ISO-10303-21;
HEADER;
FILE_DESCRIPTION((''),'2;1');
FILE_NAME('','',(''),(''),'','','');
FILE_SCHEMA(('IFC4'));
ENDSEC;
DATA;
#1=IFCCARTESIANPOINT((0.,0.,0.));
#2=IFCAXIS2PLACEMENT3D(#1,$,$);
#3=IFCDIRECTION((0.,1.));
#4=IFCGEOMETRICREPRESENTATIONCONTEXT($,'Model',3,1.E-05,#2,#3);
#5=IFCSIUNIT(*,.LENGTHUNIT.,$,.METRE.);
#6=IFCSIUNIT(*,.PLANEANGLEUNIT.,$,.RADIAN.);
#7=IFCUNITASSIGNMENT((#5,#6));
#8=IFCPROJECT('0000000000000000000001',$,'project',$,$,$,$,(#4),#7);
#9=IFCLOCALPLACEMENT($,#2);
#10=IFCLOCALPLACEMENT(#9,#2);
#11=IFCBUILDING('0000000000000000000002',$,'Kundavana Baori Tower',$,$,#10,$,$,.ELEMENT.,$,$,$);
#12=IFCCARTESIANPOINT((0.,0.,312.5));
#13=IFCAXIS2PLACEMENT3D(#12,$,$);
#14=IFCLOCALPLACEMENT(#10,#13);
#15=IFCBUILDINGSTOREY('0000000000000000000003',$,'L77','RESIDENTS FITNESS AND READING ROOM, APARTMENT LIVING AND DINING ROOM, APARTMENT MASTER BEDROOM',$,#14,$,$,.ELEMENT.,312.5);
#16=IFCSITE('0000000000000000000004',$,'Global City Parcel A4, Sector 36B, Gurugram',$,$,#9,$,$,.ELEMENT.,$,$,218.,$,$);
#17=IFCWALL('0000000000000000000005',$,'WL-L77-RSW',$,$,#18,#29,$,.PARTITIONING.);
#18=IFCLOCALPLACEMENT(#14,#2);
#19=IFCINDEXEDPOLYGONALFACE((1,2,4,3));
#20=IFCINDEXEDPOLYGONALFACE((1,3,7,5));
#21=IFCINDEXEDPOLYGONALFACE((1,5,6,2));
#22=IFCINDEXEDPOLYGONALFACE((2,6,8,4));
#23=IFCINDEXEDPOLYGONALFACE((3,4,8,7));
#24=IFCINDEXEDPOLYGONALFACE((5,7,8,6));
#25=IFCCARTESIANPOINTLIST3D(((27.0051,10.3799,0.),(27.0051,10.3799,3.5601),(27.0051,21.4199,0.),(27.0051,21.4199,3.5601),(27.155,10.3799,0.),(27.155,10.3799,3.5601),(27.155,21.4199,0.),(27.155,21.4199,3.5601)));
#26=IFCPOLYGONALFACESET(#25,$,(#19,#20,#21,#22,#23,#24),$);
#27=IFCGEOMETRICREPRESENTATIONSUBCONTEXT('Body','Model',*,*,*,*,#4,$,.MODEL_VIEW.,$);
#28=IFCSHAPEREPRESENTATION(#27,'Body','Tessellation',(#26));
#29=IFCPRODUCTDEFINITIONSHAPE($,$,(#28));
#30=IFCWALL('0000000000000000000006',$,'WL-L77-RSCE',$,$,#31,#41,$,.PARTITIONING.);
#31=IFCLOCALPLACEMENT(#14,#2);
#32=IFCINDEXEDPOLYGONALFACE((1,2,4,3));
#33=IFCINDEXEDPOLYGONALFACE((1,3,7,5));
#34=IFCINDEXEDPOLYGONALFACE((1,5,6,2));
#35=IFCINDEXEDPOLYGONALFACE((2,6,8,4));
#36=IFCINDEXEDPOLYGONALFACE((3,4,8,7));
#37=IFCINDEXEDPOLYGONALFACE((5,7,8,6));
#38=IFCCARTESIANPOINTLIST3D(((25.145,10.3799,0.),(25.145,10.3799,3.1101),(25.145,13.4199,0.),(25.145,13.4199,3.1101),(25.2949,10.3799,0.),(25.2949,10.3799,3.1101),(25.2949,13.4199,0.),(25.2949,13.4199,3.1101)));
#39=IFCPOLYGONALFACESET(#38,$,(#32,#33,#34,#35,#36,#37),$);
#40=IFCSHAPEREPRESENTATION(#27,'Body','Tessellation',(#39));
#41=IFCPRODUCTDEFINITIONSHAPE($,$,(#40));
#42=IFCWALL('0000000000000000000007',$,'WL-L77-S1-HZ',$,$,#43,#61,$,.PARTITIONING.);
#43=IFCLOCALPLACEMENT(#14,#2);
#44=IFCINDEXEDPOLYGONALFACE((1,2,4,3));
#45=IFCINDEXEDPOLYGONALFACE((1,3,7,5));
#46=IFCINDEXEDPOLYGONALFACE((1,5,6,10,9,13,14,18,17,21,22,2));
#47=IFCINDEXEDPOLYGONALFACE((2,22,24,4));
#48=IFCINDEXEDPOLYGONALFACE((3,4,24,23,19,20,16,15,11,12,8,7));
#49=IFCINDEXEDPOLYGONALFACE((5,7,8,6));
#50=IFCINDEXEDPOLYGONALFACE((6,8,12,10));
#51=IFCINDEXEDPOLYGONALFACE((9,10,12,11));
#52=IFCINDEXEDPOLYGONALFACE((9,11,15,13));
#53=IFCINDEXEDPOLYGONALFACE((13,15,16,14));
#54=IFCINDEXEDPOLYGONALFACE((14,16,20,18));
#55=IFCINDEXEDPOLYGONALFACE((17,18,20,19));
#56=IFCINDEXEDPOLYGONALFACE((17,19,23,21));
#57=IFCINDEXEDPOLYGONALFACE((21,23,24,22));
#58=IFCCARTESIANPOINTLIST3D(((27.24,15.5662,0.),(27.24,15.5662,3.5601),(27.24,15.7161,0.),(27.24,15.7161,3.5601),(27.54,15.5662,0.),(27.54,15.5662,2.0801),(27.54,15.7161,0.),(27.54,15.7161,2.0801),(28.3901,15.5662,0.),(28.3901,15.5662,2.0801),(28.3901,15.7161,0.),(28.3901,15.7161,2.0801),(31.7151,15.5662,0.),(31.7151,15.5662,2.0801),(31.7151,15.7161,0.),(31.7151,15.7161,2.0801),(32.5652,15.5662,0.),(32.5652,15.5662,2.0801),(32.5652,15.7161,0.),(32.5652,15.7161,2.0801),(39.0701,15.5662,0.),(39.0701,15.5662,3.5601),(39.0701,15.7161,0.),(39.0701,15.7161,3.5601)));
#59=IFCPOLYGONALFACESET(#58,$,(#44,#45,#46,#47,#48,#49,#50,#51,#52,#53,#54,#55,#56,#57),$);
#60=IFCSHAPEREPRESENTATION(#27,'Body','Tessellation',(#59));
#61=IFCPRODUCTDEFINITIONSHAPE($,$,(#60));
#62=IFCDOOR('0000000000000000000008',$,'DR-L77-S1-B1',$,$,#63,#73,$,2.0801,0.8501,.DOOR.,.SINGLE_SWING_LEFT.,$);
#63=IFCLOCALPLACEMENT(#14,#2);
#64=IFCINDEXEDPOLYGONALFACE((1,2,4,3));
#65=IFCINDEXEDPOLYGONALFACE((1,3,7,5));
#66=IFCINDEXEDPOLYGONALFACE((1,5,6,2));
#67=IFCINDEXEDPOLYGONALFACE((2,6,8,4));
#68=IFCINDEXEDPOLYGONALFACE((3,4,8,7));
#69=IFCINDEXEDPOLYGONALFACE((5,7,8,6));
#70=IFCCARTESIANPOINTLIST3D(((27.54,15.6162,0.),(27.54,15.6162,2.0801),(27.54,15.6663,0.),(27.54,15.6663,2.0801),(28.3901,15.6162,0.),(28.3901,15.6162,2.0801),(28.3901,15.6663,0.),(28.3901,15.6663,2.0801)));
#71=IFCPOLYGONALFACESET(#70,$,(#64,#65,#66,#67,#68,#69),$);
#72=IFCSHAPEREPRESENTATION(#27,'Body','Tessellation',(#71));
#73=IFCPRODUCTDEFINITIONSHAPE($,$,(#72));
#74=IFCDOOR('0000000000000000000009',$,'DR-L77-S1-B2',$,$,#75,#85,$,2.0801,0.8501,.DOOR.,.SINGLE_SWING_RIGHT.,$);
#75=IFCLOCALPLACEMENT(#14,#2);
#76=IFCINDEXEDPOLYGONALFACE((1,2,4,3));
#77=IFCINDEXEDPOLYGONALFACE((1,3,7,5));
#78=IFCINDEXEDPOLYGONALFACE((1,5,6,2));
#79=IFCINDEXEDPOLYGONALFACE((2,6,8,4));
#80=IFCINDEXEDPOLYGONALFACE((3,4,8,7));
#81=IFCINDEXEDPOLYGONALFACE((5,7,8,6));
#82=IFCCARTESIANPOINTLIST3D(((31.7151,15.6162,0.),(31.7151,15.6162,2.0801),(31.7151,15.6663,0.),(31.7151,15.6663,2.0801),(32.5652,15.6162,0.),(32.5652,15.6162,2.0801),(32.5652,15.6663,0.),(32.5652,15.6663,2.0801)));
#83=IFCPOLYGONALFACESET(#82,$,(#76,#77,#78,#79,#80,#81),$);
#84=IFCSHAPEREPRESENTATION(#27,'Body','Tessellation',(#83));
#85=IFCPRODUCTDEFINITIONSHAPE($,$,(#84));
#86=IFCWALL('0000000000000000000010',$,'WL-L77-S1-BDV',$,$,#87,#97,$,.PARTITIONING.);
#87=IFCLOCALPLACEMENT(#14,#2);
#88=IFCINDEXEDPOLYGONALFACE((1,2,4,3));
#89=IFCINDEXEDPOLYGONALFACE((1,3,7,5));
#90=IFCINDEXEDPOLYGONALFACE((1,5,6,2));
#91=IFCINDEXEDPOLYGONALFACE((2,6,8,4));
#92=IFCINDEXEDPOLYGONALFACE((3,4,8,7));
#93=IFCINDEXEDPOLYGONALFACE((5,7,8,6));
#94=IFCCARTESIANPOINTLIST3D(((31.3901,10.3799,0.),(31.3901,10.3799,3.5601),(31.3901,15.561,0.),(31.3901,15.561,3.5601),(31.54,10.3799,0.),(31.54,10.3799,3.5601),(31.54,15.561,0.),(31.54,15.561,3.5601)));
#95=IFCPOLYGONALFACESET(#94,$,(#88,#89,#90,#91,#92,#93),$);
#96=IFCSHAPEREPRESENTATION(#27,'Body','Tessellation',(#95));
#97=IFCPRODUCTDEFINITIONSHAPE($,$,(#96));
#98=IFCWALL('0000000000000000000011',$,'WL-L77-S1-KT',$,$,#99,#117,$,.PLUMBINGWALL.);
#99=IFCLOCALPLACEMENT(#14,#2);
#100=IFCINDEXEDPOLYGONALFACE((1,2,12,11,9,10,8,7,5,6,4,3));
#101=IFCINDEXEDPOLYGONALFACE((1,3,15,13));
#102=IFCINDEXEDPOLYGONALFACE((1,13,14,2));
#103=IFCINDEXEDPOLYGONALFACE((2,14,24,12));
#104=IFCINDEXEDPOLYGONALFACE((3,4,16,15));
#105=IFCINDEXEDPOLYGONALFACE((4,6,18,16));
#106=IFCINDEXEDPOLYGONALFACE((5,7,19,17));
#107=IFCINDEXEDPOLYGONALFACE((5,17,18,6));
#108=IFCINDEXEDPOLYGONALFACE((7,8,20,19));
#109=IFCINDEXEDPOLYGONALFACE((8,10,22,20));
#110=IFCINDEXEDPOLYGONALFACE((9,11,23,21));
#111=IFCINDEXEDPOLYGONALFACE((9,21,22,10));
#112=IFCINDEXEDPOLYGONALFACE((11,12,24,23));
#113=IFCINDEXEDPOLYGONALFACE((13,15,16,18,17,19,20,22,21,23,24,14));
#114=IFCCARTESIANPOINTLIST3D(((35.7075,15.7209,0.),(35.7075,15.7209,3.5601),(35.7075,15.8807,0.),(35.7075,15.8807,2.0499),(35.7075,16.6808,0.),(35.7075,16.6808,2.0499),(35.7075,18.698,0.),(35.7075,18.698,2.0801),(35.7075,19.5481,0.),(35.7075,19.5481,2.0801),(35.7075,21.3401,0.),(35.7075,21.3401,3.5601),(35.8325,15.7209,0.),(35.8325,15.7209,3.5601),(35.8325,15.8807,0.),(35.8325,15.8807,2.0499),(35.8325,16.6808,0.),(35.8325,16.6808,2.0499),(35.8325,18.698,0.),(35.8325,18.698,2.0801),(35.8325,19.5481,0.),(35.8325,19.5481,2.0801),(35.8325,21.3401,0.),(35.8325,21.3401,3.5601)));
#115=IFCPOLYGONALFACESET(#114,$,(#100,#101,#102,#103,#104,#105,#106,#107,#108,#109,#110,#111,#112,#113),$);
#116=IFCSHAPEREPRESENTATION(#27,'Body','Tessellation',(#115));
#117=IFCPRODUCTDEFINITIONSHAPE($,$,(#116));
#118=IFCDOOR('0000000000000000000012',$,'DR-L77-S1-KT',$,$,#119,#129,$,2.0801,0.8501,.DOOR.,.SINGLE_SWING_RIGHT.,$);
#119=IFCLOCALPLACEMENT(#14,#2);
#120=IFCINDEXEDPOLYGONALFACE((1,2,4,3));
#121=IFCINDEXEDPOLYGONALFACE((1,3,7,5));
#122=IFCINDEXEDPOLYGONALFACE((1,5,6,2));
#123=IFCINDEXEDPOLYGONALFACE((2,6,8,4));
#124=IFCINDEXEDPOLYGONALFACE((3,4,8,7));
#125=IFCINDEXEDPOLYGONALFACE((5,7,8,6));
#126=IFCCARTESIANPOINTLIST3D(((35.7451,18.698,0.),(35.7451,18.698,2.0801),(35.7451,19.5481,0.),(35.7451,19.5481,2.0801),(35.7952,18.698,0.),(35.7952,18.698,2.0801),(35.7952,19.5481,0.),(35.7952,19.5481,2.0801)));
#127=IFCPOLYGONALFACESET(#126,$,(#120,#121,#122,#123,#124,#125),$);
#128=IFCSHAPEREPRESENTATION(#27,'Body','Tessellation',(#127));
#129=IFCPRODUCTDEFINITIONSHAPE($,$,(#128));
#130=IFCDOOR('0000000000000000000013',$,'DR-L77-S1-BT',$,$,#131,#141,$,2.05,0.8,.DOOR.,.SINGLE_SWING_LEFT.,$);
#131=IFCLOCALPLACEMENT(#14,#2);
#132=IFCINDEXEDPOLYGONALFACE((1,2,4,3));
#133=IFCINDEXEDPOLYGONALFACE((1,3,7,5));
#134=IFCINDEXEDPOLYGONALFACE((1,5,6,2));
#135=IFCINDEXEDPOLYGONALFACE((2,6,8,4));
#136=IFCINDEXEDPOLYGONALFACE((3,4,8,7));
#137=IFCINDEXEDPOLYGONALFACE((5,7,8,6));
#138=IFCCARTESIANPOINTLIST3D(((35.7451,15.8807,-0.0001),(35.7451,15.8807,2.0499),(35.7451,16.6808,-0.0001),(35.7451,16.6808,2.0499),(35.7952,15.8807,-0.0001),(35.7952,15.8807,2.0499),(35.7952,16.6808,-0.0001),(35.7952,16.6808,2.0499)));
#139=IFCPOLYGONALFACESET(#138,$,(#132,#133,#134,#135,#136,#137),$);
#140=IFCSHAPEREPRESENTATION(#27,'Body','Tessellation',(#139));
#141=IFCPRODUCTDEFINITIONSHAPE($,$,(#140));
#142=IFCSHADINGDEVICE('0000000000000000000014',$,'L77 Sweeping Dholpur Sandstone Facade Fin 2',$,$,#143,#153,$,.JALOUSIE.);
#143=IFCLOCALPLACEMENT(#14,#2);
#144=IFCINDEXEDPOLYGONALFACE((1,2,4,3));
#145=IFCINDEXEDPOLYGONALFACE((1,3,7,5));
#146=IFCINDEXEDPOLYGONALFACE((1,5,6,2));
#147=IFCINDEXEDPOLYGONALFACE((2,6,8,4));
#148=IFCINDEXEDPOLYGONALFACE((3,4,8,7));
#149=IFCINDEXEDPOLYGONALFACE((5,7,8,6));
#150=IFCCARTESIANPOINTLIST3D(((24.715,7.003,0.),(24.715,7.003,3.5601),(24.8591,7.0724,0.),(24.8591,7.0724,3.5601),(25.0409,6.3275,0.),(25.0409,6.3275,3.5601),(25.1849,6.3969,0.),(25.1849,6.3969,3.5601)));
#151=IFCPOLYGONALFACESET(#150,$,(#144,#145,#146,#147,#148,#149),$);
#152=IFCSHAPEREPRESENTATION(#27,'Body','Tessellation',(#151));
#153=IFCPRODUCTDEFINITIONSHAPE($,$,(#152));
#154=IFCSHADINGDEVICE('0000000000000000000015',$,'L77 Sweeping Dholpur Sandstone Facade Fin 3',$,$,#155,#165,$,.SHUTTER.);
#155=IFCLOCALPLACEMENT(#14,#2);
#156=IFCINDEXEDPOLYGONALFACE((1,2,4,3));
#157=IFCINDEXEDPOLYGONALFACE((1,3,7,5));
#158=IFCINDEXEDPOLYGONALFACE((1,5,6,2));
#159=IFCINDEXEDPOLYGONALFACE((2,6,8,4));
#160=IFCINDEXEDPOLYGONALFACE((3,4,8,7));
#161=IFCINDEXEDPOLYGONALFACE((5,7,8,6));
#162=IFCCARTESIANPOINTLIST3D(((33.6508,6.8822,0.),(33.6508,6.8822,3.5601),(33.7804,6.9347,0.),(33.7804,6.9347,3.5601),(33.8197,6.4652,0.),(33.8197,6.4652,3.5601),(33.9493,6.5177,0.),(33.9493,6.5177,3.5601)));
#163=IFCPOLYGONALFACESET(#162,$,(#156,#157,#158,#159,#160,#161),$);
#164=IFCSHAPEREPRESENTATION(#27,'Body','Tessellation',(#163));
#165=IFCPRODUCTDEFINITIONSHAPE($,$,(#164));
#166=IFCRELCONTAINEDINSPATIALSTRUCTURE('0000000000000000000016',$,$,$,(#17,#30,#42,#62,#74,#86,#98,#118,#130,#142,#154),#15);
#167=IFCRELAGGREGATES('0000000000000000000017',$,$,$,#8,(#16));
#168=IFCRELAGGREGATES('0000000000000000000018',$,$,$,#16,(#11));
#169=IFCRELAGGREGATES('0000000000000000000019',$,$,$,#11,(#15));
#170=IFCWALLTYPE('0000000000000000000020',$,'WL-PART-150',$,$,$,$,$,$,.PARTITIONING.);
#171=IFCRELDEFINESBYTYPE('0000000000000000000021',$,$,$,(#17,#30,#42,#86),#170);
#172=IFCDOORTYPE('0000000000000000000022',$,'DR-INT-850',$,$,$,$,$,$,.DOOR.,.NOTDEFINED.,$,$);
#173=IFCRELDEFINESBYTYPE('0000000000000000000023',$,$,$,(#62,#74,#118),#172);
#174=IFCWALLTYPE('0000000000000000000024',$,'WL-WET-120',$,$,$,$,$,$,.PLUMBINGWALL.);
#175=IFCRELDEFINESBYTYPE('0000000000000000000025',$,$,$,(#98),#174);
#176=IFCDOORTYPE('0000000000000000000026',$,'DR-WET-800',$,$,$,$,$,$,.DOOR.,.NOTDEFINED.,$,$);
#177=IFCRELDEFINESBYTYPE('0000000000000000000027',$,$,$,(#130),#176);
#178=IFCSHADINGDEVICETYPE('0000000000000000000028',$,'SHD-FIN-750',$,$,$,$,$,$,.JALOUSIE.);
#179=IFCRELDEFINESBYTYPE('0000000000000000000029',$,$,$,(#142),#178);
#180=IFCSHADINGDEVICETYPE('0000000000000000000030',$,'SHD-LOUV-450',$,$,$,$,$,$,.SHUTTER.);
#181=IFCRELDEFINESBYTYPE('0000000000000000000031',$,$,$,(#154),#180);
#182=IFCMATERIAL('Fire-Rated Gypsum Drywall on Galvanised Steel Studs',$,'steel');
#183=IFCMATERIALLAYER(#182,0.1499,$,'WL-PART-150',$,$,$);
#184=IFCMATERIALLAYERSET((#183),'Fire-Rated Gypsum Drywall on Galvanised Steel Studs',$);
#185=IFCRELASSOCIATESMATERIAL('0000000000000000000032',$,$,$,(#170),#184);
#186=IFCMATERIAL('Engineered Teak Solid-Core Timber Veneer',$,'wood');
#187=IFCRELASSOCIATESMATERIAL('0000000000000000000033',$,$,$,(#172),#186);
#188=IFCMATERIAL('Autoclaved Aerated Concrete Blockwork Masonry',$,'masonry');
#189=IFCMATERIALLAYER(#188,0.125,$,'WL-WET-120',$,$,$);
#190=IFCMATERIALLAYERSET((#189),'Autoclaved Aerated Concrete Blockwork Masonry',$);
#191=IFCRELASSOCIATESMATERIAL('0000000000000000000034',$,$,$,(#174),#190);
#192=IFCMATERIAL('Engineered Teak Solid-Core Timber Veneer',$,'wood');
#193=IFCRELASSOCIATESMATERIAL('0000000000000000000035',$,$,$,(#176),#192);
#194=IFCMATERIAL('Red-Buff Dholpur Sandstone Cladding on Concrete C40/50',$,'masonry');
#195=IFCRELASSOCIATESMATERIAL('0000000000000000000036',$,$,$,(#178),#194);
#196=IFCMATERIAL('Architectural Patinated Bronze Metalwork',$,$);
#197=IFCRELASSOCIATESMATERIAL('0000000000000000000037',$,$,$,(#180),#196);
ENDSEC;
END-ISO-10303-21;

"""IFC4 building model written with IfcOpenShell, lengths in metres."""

from ifc_helpers import new_model, si_unit, direction, frame, frame_2d, origin, origin_2d, place, context, subcontext, project, spatial, rectangle, extrude, material, layer, layer_set, type_object, element, fill, save


model = new_model("IFC4")

# Units and contexts
model_context = context("Model", 3, precision=1e-05, world=origin(), true_north=direction((0.0, 1.0)))
body_context = subcontext(model_context, "Body", "Model", "MODEL_VIEW")
ifc_project = project(units=[si_unit("LENGTHUNIT", "METRE"), si_unit("PLANEANGLEUNIT", "RADIAN")], contexts=[model_context])

# Site, building, storey
site_placement = place(None, origin())
site = spatial("IfcSite", under=ifc_project, at=site_placement, Name="Global City Parcel A4, Sector 36B, Gurugram", CompositionType="ELEMENT", RefElevation=218.0)
building_placement = place(site_placement, origin())
building = spatial("IfcBuilding", under=site, at=building_placement, Name="Kundavana Baori Tower", CompositionType="ELEMENT")
storey_placement = place(building_placement, frame((0.0, 0.0, 312.5)))
storey = spatial("IfcBuildingStorey", under=building, at=storey_placement, Name="L77", Description="RESIDENTS FITNESS AND READING ROOM, APARTMENT LIVING AND DINING ROOM, APARTMENT MASTER BEDROOM", CompositionType="ELEMENT", Elevation=312.5)

# Walls
ifc_material_1 = material(Name="Fire-Rated Gypsum Drywall on Galvanised Steel Studs", Category="steel")
ifc_layer_1 = layer(ifc_material_1, 0.1499, Name="WL-PART-150")
ifc_layer_set_1 = layer_set([ifc_layer_1], Name="Fire-Rated Gypsum Drywall on Galvanised Steel Studs")
wall_type_1 = type_object("IfcWallType", Name="WL-PART-150", PredefinedType="PARTITIONING", material=ifc_layer_set_1)
wall_1_placement = place(storey_placement, frame((27.0801, 10.3799, 0.0), z_axis=(0.0, 0.0, 1.0), x_axis=(0.0, 1.0, 0.0)))
element("IfcWall", 1, at=wall_1_placement, inside=storey, type_object=wall_type_1, Name="WL-L77-RSW", PredefinedType="PARTITIONING", context=body_context, shape_type="SweptSolid", body=[
    extrude(rectangle(XDim=11.04, YDim=0.1499, at=frame_2d((5.52, 0.0))), origin(), (0.0, 0.0, 1.0), 3.5601),
])
wall_2_placement = place(storey_placement, frame((25.22, 10.3799, 0.0), z_axis=(0.0, 0.0, 1.0), x_axis=(0.0, 1.0, 0.0)))
element("IfcWall", 2, at=wall_2_placement, inside=storey, type_object=wall_type_1, Name="WL-L77-RSCE", PredefinedType="PARTITIONING", context=body_context, shape_type="SweptSolid", body=[
    extrude(rectangle(XDim=3.04, YDim=0.1499, at=frame_2d((1.52, 0.0))), origin(), (0.0, 0.0, 1.0), 3.1101),
])

# Wall, openings, doors
wall_3_placement = place(storey_placement, frame((27.24, 15.6411, 0.0), z_axis=(0.0, 0.0, 1.0), x_axis=(1.0, 0.0, 0.0)))
wall_3 = element("IfcWall", 3, at=wall_3_placement, inside=storey, type_object=wall_type_1, Name="WL-L77-S1-HZ", PredefinedType="PARTITIONING", context=body_context, shape_type="SweptSolid", body=[
    extrude(rectangle(XDim=11.8301, YDim=0.1499, at=frame_2d((5.915, 0.0))), origin(), (0.0, 0.0, 1.0), 3.5601),
])
opening_1_placement = place(wall_3_placement, frame((0.3, 0.0, 0.0)))
opening_1 = element("IfcOpeningElement", 4, at=opening_1_placement, cuts=wall_3, PredefinedType="OPENING", context=body_context, shape_type="SweptSolid", body=[
    extrude(rectangle(XDim=0.8501, YDim=2.0801, at=frame_2d((0.425, 1.04))), frame((0.0, 0.085, 0.0), z_axis=(0.0, -1.0, 0.0), x_axis=(1.0, 0.0, 0.0)), (0.0, 0.0, 1.0), 0.1699),
])
opening_2_placement = place(wall_3_placement, frame((4.4751, 0.0, 0.0)))
opening_2 = element("IfcOpeningElement", 5, at=opening_2_placement, cuts=wall_3, PredefinedType="OPENING", context=body_context, shape_type="SweptSolid", body=[
    extrude(rectangle(XDim=0.8501, YDim=2.0801, at=frame_2d((0.425, 1.04))), frame((0.0, 0.085, 0.0), z_axis=(0.0, -1.0, 0.0), x_axis=(1.0, 0.0, 0.0)), (0.0, 0.0, 1.0), 0.1699),
])
ifc_material_2 = material(Name="Engineered Teak Solid-Core Timber Veneer", Category="wood")
door_type_1 = type_object("IfcDoorType", Name="DR-INT-850", OperationType="NOTDEFINED", PredefinedType="DOOR", material=ifc_material_2)
door_1_placement = place(opening_1_placement, frame((0.8501, 0.0, 0.0), z_axis=(0.0, 0.0, 1.0), x_axis=(-1.0, 0.0, 0.0)))
door_1 = element("IfcDoor", 6, at=door_1_placement, inside=storey, type_object=door_type_1, Name="DR-L77-S1-B1", OperationType="SINGLE_SWING_LEFT", OverallHeight=2.0801, OverallWidth=0.8501, PredefinedType="DOOR", context=body_context, shape_type="SweptSolid", body=[
    extrude(rectangle(XDim=0.8501, YDim=2.0801, at=frame_2d((0.425, 1.04))), frame((0.0, 0.0249, 0.0), z_axis=(0.0, -1.0, 0.0), x_axis=(1.0, 0.0, 0.0)), (0.0, 0.0, 1.0), 0.05),
])
fill(opening_1, door_1)
door_2_placement = place(opening_2_placement, frame((0.8501, 0.0, 0.0), z_axis=(0.0, 0.0, 1.0), x_axis=(-1.0, 0.0, 0.0)))
door_2 = element("IfcDoor", 7, at=door_2_placement, inside=storey, type_object=door_type_1, Name="DR-L77-S1-B2", OperationType="SINGLE_SWING_RIGHT", OverallHeight=2.0801, OverallWidth=0.8501, PredefinedType="DOOR", context=body_context, shape_type="SweptSolid", body=[
    extrude(rectangle(XDim=0.8501, YDim=2.0801, at=frame_2d((0.425, 1.04))), frame((0.0, 0.0249, 0.0), z_axis=(0.0, -1.0, 0.0), x_axis=(1.0, 0.0, 0.0)), (0.0, 0.0, 1.0), 0.05),
])
fill(opening_2, door_2)

# Wall
wall_4_placement = place(storey_placement, frame((31.4651, 10.3799, 0.0), z_axis=(0.0, 0.0, 1.0), x_axis=(0.0, 1.0, 0.0)))
element("IfcWall", 8, at=wall_4_placement, inside=storey, type_object=wall_type_1, Name="WL-L77-S1-BDV", PredefinedType="PARTITIONING", context=body_context, shape_type="SweptSolid", body=[
    extrude(rectangle(XDim=5.1812, YDim=0.1499, at=frame_2d((2.5906, 0.0))), origin(), (0.0, 0.0, 1.0), 3.5601),
])

# Wall, openings, doors
ifc_material_3 = material(Name="Autoclaved Aerated Concrete Blockwork Masonry", Category="masonry")
ifc_layer_2 = layer(ifc_material_3, 0.125, Name="WL-WET-120")
ifc_layer_set_2 = layer_set([ifc_layer_2], Name="Autoclaved Aerated Concrete Blockwork Masonry")
wall_type_2 = type_object("IfcWallType", Name="WL-WET-120", PredefinedType="PLUMBINGWALL", material=ifc_layer_set_2)
wall_5_placement = place(storey_placement, frame((35.77, 15.7209, 0.0), z_axis=(0.0, 0.0, 1.0), x_axis=(0.0, 1.0, 0.0)))
wall_5 = element("IfcWall", 9, at=wall_5_placement, inside=storey, type_object=wall_type_2, Name="WL-L77-S1-KT", PredefinedType="PLUMBINGWALL", context=body_context, shape_type="SweptSolid", body=[
    extrude(rectangle(XDim=5.6191, YDim=0.125, at=frame_2d((2.8096, 0.0))), origin(), (0.0, 0.0, 1.0), 3.5601),
])
opening_3_placement = place(wall_5_placement, frame((0.1599, 0.0, 0.0)))
opening_3 = element("IfcOpeningElement", 10, at=opening_3_placement, cuts=wall_5, PredefinedType="OPENING", context=body_context, shape_type="SweptSolid", body=[
    extrude(rectangle(XDim=0.8, YDim=2.05, at=frame_2d((0.3999, 1.0249))), frame((0.0, 0.0725, 0.0), z_axis=(0.0, -1.0, 0.0), x_axis=(1.0, 0.0, 0.0)), (0.0, 0.0, 1.0), 0.145),
])
opening_4_placement = place(wall_5_placement, frame((2.9771, 0.0, 0.0)))
opening_4 = element("IfcOpeningElement", 11, at=opening_4_placement, cuts=wall_5, PredefinedType="OPENING", context=body_context, shape_type="SweptSolid", body=[
    extrude(rectangle(XDim=0.8501, YDim=2.0801, at=frame_2d((0.425, 1.04))), frame((0.0, 0.0725, 0.0), z_axis=(0.0, -1.0, 0.0), x_axis=(1.0, 0.0, 0.0)), (0.0, 0.0, 1.0), 0.145),
])
door_3_placement = place(opening_4_placement, origin())
door_3 = element("IfcDoor", 12, at=door_3_placement, inside=storey, type_object=door_type_1, Name="DR-L77-S1-KT", OperationType="SINGLE_SWING_RIGHT", OverallHeight=2.0801, OverallWidth=0.8501, PredefinedType="DOOR", context=body_context, shape_type="SweptSolid", body=[
    extrude(rectangle(XDim=0.8501, YDim=2.0801, at=frame_2d((0.425, 1.04))), frame((0.0, 0.0249, 0.0), z_axis=(0.0, -1.0, 0.0), x_axis=(1.0, 0.0, 0.0)), (0.0, 0.0, 1.0), 0.05),
])
fill(opening_4, door_3)
ifc_material_4 = material(Name="Engineered Teak Solid-Core Timber Veneer", Category="wood")
door_type_2 = type_object("IfcDoorType", Name="DR-WET-800", OperationType="NOTDEFINED", PredefinedType="DOOR", material=ifc_material_4)
door_4_placement = place(opening_3_placement, origin())
door_4 = element("IfcDoor", 13, at=door_4_placement, inside=storey, type_object=door_type_2, Name="DR-L77-S1-BT", OperationType="SINGLE_SWING_LEFT", OverallHeight=2.05, OverallWidth=0.8, PredefinedType="DOOR", context=body_context, shape_type="SweptSolid", body=[
    extrude(rectangle(XDim=0.8, YDim=2.05, at=frame_2d((0.3999, 1.0249))), frame((0.0, 0.0249, 0.0), z_axis=(0.0, -1.0, 0.0), x_axis=(1.0, 0.0, 0.0)), (0.0, 0.0, 1.0), 0.05),
])
fill(opening_3, door_4)

# Shading devices
ifc_material_5 = material(Name="Red-Buff Dholpur Sandstone Cladding on Concrete C40/50", Category="masonry")
shading_device_type_1 = type_object("IfcShadingDeviceType", Name="SHD-FIN-750", PredefinedType="JALOUSIE", material=ifc_material_5)
shading_device_1_placement = place(storey_placement, frame((24.95, 6.7, 0.0), z_axis=(0.0, 0.0, 1.0), x_axis=(0.900698, 0.434445, 0.0)))
element("IfcShadingDevice", 14, at=shading_device_1_placement, inside=storey, type_object=shading_device_type_1, Name="L77 Sweeping Dholpur Sandstone Facade Fin 2", PredefinedType="JALOUSIE", context=body_context, shape_type="SweptSolid", body=[
    extrude(rectangle(XDim=0.1599, YDim=0.75, at=origin_2d()), origin(), (0.0, 0.0, 1.0), 3.5601),
])
ifc_material_6 = material(Name="Architectural Patinated Bronze Metalwork")
shading_device_type_2 = type_object("IfcShadingDeviceType", Name="SHD-LOUV-450", PredefinedType="SHUTTER", material=ifc_material_6)
shading_device_2_placement = place(storey_placement, frame((33.8, 6.7, 0.0), z_axis=(0.0, 0.0, 1.0), x_axis=(0.926857, 0.375416, 0.0)))
element("IfcShadingDevice", 15, at=shading_device_2_placement, inside=storey, type_object=shading_device_type_2, Name="L77 Sweeping Dholpur Sandstone Facade Fin 3", PredefinedType="SHUTTER", context=body_context, shape_type="SweptSolid", body=[
    extrude(rectangle(XDim=0.1399, YDim=0.45, at=origin_2d()), origin(), (0.0, 0.0, 1.0), 3.5601),
])

save(model, "model.ifc")
